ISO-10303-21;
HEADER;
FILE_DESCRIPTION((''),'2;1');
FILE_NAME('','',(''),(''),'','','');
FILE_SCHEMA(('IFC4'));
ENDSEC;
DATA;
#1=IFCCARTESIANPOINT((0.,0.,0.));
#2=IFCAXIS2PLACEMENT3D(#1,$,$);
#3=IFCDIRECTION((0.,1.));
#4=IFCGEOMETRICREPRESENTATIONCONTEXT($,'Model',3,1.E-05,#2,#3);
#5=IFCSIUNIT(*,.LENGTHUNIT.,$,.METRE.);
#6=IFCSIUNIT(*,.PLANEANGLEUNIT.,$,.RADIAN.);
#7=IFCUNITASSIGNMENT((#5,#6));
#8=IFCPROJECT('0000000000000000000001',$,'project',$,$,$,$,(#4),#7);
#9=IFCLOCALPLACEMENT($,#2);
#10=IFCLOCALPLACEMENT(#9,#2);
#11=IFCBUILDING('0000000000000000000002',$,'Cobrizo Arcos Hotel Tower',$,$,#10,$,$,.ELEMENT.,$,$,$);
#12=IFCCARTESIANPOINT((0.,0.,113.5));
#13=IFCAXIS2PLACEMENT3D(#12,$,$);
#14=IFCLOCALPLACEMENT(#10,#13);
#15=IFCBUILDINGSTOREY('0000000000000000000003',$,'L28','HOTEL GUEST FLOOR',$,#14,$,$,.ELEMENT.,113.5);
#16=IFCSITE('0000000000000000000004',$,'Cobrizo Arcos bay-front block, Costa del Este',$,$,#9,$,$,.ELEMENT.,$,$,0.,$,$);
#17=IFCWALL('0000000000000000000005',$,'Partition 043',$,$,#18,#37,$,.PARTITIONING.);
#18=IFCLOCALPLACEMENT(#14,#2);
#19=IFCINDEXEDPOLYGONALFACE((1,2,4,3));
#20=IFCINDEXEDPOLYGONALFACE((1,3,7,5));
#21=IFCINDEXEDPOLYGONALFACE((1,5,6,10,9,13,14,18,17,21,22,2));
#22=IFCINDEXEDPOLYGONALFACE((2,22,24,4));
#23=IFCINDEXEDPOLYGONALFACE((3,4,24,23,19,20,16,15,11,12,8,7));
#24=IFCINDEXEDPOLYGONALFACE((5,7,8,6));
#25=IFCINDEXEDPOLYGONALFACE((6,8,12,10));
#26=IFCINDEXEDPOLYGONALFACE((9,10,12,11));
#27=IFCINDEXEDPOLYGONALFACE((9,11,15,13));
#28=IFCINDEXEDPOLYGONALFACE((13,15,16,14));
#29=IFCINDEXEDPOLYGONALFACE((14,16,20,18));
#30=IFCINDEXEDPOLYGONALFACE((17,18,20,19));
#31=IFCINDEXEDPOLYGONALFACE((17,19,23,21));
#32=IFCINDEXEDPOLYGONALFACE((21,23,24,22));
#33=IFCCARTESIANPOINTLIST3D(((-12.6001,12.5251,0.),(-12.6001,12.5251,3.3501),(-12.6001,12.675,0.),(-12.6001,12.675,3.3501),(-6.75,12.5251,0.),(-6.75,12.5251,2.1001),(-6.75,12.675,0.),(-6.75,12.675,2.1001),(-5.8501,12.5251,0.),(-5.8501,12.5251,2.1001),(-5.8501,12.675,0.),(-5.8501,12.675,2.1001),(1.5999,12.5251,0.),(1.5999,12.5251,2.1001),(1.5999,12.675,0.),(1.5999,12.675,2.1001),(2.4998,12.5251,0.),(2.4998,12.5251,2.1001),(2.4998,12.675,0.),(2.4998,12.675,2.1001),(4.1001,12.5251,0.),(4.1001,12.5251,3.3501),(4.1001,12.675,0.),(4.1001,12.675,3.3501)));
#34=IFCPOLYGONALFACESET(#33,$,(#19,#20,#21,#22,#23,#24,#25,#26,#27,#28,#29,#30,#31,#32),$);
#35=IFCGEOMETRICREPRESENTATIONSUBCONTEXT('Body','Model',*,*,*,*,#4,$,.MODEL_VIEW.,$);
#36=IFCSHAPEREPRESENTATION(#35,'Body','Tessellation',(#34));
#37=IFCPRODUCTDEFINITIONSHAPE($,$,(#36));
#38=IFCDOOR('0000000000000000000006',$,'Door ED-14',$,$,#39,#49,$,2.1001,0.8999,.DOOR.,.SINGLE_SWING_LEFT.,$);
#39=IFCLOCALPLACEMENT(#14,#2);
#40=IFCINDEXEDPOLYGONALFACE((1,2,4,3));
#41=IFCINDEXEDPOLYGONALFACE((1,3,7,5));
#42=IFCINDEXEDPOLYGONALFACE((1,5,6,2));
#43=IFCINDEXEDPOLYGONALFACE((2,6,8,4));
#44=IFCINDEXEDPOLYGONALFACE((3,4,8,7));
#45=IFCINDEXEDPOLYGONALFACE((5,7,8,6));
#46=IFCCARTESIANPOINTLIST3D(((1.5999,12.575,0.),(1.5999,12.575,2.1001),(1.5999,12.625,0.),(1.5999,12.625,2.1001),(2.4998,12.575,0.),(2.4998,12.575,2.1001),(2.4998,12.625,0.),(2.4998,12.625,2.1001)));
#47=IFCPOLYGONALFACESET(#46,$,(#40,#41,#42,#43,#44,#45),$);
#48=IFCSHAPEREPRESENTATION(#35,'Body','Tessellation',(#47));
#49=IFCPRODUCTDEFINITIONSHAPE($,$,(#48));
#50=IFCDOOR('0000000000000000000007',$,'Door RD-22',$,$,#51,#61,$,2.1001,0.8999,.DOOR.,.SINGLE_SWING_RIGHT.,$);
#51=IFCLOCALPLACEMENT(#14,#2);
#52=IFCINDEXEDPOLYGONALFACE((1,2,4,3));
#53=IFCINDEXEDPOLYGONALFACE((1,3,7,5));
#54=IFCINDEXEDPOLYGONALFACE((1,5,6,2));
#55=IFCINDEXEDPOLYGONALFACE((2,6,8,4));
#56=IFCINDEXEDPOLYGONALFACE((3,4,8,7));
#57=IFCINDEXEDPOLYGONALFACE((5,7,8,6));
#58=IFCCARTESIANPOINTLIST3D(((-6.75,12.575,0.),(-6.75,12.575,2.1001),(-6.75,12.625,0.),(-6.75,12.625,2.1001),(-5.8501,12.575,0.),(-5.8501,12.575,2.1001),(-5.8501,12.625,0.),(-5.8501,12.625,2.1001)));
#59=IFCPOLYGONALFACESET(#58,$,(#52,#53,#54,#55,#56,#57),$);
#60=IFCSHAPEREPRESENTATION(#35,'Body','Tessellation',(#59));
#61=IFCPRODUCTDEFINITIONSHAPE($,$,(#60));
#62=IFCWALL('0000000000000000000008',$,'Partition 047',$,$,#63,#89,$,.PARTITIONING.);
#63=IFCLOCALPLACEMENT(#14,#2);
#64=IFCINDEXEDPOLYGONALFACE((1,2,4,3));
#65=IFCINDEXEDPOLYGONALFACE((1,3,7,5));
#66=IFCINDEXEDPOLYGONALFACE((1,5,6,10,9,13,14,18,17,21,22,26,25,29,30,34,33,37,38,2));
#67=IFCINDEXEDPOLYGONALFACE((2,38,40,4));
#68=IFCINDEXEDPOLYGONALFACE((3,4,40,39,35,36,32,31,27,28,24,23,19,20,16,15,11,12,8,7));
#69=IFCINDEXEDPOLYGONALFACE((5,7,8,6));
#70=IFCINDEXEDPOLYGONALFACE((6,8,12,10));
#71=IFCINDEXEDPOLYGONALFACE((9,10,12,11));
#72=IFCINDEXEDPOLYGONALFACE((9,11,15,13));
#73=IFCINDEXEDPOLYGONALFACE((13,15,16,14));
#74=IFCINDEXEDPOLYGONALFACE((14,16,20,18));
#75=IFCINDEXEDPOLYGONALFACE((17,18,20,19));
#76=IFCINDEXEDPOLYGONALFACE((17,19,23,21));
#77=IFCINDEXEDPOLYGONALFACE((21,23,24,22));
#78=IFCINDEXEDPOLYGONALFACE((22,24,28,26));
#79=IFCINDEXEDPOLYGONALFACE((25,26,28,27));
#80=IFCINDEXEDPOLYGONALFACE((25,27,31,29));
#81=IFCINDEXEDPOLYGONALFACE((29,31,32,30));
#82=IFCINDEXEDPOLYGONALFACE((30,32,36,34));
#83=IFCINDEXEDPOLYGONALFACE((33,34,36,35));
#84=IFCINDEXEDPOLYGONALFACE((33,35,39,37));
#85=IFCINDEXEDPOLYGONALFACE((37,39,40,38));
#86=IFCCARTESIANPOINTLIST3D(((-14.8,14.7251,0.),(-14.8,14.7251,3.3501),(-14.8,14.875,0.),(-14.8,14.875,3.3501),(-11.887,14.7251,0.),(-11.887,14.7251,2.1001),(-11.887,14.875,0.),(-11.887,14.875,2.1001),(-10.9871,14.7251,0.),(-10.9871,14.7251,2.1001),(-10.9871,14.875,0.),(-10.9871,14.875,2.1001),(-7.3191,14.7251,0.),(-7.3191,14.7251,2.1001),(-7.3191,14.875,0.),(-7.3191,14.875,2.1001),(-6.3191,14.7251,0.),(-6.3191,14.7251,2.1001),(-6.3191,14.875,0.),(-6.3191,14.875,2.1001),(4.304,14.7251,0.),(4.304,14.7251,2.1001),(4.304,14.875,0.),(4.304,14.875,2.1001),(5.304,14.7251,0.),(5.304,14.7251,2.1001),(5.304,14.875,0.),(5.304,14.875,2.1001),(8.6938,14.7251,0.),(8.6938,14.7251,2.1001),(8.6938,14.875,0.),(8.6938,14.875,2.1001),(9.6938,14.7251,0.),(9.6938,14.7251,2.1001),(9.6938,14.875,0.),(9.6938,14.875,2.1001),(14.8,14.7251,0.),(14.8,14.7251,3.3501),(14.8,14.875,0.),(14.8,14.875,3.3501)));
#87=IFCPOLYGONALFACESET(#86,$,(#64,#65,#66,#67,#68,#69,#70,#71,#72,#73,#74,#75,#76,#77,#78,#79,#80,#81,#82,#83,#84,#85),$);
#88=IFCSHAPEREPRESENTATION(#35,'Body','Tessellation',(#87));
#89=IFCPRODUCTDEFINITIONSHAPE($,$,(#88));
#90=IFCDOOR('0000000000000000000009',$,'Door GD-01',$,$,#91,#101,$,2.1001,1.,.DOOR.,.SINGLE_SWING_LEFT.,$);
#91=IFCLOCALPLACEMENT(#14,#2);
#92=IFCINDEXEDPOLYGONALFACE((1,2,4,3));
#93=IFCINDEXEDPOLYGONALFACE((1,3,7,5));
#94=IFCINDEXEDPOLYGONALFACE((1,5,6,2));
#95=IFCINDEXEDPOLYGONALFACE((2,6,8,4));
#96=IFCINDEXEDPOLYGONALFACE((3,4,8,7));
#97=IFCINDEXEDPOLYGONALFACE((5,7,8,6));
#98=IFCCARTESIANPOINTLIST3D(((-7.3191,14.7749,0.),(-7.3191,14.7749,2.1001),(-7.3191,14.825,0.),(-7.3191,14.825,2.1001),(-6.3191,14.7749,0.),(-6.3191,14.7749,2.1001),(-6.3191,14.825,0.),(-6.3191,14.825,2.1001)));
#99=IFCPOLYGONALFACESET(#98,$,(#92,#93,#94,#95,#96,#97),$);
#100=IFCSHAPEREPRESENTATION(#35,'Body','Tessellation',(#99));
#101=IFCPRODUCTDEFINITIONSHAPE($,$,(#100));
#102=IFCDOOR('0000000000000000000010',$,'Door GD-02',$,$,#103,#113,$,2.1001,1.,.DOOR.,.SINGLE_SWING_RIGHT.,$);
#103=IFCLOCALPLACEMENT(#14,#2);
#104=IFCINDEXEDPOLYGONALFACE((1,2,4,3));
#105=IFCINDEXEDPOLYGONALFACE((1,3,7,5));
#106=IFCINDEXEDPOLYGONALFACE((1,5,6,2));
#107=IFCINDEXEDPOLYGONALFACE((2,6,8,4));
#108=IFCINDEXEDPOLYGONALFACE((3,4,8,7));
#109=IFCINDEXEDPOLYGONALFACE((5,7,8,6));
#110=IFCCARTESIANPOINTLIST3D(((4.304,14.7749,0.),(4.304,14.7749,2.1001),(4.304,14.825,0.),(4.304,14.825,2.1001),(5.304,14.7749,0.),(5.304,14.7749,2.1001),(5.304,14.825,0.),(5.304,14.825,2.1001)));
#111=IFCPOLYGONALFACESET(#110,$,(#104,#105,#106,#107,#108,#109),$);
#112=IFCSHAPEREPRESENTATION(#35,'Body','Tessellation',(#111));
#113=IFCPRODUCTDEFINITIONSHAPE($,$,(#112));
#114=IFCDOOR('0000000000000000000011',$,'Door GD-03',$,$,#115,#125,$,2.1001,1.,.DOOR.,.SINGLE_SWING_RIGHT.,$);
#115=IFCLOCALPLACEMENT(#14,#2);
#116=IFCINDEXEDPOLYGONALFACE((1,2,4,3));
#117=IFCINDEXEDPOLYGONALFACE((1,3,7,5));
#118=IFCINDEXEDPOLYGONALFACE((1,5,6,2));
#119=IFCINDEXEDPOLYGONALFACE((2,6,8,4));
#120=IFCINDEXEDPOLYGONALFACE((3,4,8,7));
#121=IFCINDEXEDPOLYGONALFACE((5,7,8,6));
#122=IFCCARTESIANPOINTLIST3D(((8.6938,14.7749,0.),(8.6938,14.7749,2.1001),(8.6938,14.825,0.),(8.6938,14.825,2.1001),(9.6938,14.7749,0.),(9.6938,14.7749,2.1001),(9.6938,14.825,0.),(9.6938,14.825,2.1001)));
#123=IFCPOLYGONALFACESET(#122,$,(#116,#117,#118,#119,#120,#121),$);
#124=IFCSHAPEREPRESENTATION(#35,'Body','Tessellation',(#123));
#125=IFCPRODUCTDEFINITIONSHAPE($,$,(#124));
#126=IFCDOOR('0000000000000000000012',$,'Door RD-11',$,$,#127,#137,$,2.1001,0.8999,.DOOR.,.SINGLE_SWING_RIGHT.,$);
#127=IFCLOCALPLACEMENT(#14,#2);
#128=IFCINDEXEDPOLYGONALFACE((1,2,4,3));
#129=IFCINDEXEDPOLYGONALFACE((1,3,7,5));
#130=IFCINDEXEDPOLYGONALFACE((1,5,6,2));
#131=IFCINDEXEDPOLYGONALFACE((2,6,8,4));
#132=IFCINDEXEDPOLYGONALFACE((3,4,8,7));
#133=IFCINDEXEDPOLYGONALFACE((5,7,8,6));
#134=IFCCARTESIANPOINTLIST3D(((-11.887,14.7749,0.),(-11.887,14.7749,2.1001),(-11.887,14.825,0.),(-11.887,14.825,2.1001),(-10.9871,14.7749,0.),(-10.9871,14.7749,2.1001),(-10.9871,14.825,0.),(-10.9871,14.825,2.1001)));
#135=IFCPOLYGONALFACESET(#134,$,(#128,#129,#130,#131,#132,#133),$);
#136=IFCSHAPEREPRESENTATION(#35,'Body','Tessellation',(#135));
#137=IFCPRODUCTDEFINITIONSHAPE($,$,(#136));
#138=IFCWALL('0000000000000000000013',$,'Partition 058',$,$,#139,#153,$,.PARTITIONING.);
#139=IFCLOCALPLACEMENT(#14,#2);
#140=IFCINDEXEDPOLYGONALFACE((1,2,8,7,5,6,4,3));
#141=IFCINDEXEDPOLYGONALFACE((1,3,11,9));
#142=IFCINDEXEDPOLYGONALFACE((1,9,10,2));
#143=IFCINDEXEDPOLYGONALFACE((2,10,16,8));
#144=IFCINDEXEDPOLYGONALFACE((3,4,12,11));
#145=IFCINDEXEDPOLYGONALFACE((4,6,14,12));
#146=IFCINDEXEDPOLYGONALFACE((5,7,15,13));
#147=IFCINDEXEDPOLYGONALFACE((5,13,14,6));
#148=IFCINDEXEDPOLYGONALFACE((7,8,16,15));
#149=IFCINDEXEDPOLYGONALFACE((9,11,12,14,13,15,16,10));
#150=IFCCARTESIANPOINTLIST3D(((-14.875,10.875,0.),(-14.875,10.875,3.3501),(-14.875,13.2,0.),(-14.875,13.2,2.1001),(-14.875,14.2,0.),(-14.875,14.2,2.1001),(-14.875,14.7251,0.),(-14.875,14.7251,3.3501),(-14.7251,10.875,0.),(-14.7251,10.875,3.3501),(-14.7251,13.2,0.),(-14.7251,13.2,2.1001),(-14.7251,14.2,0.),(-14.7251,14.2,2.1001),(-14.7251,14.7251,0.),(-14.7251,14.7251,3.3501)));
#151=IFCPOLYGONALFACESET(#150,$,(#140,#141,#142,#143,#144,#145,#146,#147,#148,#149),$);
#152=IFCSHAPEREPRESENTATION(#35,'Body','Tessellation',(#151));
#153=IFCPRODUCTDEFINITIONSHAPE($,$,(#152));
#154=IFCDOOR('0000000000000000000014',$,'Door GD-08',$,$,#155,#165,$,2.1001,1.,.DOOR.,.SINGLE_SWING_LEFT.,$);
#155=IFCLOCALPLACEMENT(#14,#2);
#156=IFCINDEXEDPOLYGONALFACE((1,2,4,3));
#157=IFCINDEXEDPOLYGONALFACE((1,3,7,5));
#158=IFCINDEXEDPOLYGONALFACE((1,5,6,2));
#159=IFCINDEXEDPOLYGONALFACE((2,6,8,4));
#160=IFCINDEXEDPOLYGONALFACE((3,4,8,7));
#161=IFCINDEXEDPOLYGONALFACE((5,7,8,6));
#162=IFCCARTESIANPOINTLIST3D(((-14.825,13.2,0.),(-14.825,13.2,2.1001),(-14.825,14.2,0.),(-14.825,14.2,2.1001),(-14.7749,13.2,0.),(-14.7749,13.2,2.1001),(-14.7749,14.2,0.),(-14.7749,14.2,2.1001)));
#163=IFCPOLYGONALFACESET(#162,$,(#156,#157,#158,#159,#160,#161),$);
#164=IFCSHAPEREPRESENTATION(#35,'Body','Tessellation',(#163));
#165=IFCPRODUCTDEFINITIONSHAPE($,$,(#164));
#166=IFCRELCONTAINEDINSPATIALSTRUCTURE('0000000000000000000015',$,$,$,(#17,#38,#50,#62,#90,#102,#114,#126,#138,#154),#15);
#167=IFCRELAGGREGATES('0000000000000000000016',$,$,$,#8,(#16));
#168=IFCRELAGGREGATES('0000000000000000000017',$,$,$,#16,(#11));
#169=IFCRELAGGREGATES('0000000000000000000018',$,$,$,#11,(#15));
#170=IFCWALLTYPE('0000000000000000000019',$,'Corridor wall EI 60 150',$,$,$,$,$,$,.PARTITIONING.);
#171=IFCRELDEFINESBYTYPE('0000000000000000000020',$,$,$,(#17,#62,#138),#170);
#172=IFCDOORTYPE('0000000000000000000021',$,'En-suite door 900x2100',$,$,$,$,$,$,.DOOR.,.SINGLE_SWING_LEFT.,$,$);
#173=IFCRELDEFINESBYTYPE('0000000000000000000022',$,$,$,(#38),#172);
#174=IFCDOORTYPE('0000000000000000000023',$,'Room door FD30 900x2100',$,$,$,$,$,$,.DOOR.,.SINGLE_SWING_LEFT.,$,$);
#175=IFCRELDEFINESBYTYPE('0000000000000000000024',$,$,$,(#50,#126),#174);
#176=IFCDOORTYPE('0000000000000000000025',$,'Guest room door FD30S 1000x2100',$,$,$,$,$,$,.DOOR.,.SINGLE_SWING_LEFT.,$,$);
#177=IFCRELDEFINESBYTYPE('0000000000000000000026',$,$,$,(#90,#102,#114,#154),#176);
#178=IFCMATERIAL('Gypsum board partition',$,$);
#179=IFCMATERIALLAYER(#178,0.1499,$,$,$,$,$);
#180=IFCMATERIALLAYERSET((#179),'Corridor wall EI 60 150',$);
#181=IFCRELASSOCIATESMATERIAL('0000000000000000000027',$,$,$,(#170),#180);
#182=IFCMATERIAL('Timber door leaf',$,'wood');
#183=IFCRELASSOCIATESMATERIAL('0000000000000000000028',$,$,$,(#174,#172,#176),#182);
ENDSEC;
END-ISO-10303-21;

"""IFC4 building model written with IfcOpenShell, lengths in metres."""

from ifc_helpers import new_model, si_unit, direction, frame, frame_2d, origin, place, context, subcontext, project, spatial, rectangle, extrude, material, layer, layer_set, type_object, element, fill, save


model = new_model("IFC4")

# Units and contexts
model_context = context("Model", 3, precision=1e-05, world=origin(), true_north=direction((0.0, 1.0)))
body_context = subcontext(model_context, "Body", "Model", "MODEL_VIEW")
ifc_project = project(units=[si_unit("LENGTHUNIT", "METRE"), si_unit("PLANEANGLEUNIT", "RADIAN")], contexts=[model_context])

# Site, building, storey
site_placement = place(None, origin())
site = spatial("IfcSite", under=ifc_project, at=site_placement, Name="Cobrizo Arcos bay-front block, Costa del Este", CompositionType="ELEMENT", RefElevation=0.0)
building_placement = place(site_placement, origin())
building = spatial("IfcBuilding", under=site, at=building_placement, Name="Cobrizo Arcos Hotel Tower", CompositionType="ELEMENT")
storey_placement = place(building_placement, frame((0.0, 0.0, 113.5)))
storey = spatial("IfcBuildingStorey", under=building, at=storey_placement, Name="L28", Description="HOTEL GUEST FLOOR", CompositionType="ELEMENT", Elevation=113.5)

# Shared definitions
ifc_material_1 = material(Name="Gypsum board partition")
ifc_layer_1 = layer(ifc_material_1, 0.1499)
ifc_layer_set_1 = layer_set([ifc_layer_1], Name="Corridor wall EI 60 150")
wall_type_1 = type_object("IfcWallType", Name="Corridor wall EI 60 150", PredefinedType="PARTITIONING", material=ifc_layer_set_1)
ifc_material_2 = material(Name="Timber door leaf", Category="wood")
door_type_1 = type_object("IfcDoorType", Name="Room door FD30 900x2100", OperationType="SINGLE_SWING_LEFT", PredefinedType="DOOR", material=ifc_material_2)
door_type_2 = type_object("IfcDoorType", Name="En-suite door 900x2100", OperationType="SINGLE_SWING_LEFT", PredefinedType="DOOR", material=ifc_material_2)

# Walls, openings, doors
wall_1_placement = place(storey_placement, frame((-12.6001, 12.6001, 0.0), z_axis=(0.0, 0.0, 1.0), x_axis=(1.0, 0.0, 0.0)))
wall_1 = element("IfcWall", 1, at=wall_1_placement, inside=storey, type_object=wall_type_1, Name="Partition 043", PredefinedType="PARTITIONING", context=body_context, shape_type="SweptSolid", body=[
    extrude(rectangle(XDim=16.7002, YDim=0.1499, at=frame_2d((8.3501, 0.0))), origin(), (0.0, 0.0, 1.0), 3.3501),
])
opening_1_placement = place(wall_1_placement, frame((14.2, 0.0, 0.0)))
opening_1 = element("IfcOpeningElement", 2, at=opening_1_placement, cuts=wall_1, PredefinedType="OPENING", context=body_context, shape_type="SweptSolid", body=[
    extrude(rectangle(XDim=0.8999, YDim=2.1001, at=frame_2d((0.45, 1.05))), frame((0.0, 0.0869, 0.0), z_axis=(0.0, -1.0, 0.0), x_axis=(1.0, 0.0, 0.0)), (0.0, 0.0, 1.0), 0.1738),
])
opening_2_placement = place(wall_1_placement, frame((5.8501, 0.0, 0.0)))
opening_2 = element("IfcOpeningElement", 3, at=opening_2_placement, cuts=wall_1, PredefinedType="OPENING", context=body_context, shape_type="SweptSolid", body=[
    extrude(rectangle(XDim=0.8999, YDim=2.1001, at=frame_2d((0.45, 1.05))), frame((0.0, 0.0869, 0.0), z_axis=(0.0, -1.0, 0.0), x_axis=(1.0, 0.0, 0.0)), (0.0, 0.0, 1.0), 0.1738),
])
door_1_placement = place(opening_1_placement, origin())
door_1 = element("IfcDoor", 4, at=door_1_placement, inside=storey, type_object=door_type_2, Name="Door ED-14", OperationType="SINGLE_SWING_LEFT", OverallHeight=2.1001, OverallWidth=0.8999, PredefinedType="DOOR", context=body_context, shape_type="SweptSolid", body=[
    extrude(rectangle(XDim=0.8999, YDim=2.1001, at=frame_2d((0.45, 1.05))), frame((0.0, 0.0249, 0.0), z_axis=(0.0, -1.0, 0.0), x_axis=(1.0, 0.0, 0.0)), (0.0, 0.0, 1.0), 0.05),
])
fill(opening_1, door_1)
door_2_placement = place(opening_2_placement, origin())
door_2 = element("IfcDoor", 5, at=door_2_placement, inside=storey, type_object=door_type_1, Name="Door RD-22", OperationType="SINGLE_SWING_RIGHT", OverallHeight=2.1001, OverallWidth=0.8999, PredefinedType="DOOR", context=body_context, shape_type="SweptSolid", body=[
    extrude(rectangle(XDim=0.8999, YDim=2.1001, at=frame_2d((0.45, 1.05))), frame((0.0, 0.0249, 0.0), z_axis=(0.0, -1.0, 0.0), x_axis=(1.0, 0.0, 0.0)), (0.0, 0.0, 1.0), 0.05),
])
fill(opening_2, door_2)
wall_2_placement = place(storey_placement, frame((-14.8, 14.8, 0.0), z_axis=(0.0, 0.0, 1.0), x_axis=(1.0, 0.0, 0.0)))
wall_2 = element("IfcWall", 6, at=wall_2_placement, inside=storey, type_object=wall_type_1, Name="Partition 047", PredefinedType="PARTITIONING", context=body_context, shape_type="SweptSolid", body=[
    extrude(rectangle(XDim=29.6001, YDim=0.1499, at=frame_2d((14.8, 0.0))), origin(), (0.0, 0.0, 1.0), 3.3501),
])
opening_3_placement = place(wall_2_placement, frame((2.9131, 0.0, 0.0)))
opening_3 = element("IfcOpeningElement", 7, at=opening_3_placement, cuts=wall_2, PredefinedType="OPENING", context=body_context, shape_type="SweptSolid", body=[
    extrude(rectangle(XDim=0.8999, YDim=2.1001, at=frame_2d((0.45, 1.05))), frame((0.0, 0.0869, 0.0), z_axis=(0.0, -1.0, 0.0), x_axis=(1.0, 0.0, 0.0)), (0.0, 0.0, 1.0), 0.1738),
])
opening_4_placement = place(wall_2_placement, frame((7.481, 0.0, 0.0)))
opening_4 = element("IfcOpeningElement", 8, at=opening_4_placement, cuts=wall_2, PredefinedType="OPENING", context=body_context, shape_type="SweptSolid", body=[
    extrude(rectangle(XDim=1.0, YDim=2.1001, at=frame_2d((0.5, 1.05))), frame((0.0, 0.0869, 0.0), z_axis=(0.0, -1.0, 0.0), x_axis=(1.0, 0.0, 0.0)), (0.0, 0.0, 1.0), 0.1738),
])
opening_5_placement = place(wall_2_placement, frame((19.104, 0.0, 0.0)))
opening_5 = element("IfcOpeningElement", 9, at=opening_5_placement, cuts=wall_2, PredefinedType="OPENING", context=body_context, shape_type="SweptSolid", body=[
    extrude(rectangle(XDim=1.0, YDim=2.1001, at=frame_2d((0.5, 1.05))), frame((0.0, 0.0869, 0.0), z_axis=(0.0, -1.0, 0.0), x_axis=(1.0, 0.0, 0.0)), (0.0, 0.0, 1.0), 0.1738),
])
opening_6_placement = place(wall_2_placement, frame((23.4939, 0.0, 0.0)))
opening_6 = element("IfcOpeningElement", 10, at=opening_6_placement, cuts=wall_2, PredefinedType="OPENING", context=body_context, shape_type="SweptSolid", body=[
    extrude(rectangle(XDim=1.0, YDim=2.1001, at=frame_2d((0.5, 1.05))), frame((0.0, 0.0869, 0.0), z_axis=(0.0, -1.0, 0.0), x_axis=(1.0, 0.0, 0.0)), (0.0, 0.0, 1.0), 0.1738),
])
door_type_3 = type_object("IfcDoorType", Name="Guest room door FD30S 1000x2100", OperationType="SINGLE_SWING_LEFT", PredefinedType="DOOR", material=ifc_material_2)
door_3_placement = place(opening_4_placement, origin())
door_3 = element("IfcDoor", 11, at=door_3_placement, inside=storey, type_object=door_type_3, Name="Door GD-01", OperationType="SINGLE_SWING_LEFT", OverallHeight=2.1001, OverallWidth=1.0, PredefinedType="DOOR", context=body_context, shape_type="SweptSolid", body=[
    extrude(rectangle(XDim=1.0, YDim=2.1001, at=frame_2d((0.5, 1.05))), frame((0.0, 0.0249, 0.0), z_axis=(0.0, -1.0, 0.0), x_axis=(1.0, 0.0, 0.0)), (0.0, 0.0, 1.0), 0.05),
])
fill(opening_4, door_3)
door_4_placement = place(opening_5_placement, origin())
door_4 = element("IfcDoor", 12, at=door_4_placement, inside=storey, type_object=door_type_3, Name="Door GD-02", OperationType="SINGLE_SWING_RIGHT", OverallHeight=2.1001, OverallWidth=1.0, PredefinedType="DOOR", context=body_context, shape_type="SweptSolid", body=[
    extrude(rectangle(XDim=1.0, YDim=2.1001, at=frame_2d((0.5, 1.05))), frame((0.0, 0.0249, 0.0), z_axis=(0.0, -1.0, 0.0), x_axis=(1.0, 0.0, 0.0)), (0.0, 0.0, 1.0), 0.05),
])
fill(opening_5, door_4)
door_5_placement = place(opening_6_placement, origin())
door_5 = element("IfcDoor", 13, at=door_5_placement, inside=storey, type_object=door_type_3, Name="Door GD-03", OperationType="SINGLE_SWING_RIGHT", OverallHeight=2.1001, OverallWidth=1.0, PredefinedType="DOOR", context=body_context, shape_type="SweptSolid", body=[
    extrude(rectangle(XDim=1.0, YDim=2.1001, at=frame_2d((0.5, 1.05))), frame((0.0, 0.0249, 0.0), z_axis=(0.0, -1.0, 0.0), x_axis=(1.0, 0.0, 0.0)), (0.0, 0.0, 1.0), 0.05),
])
fill(opening_6, door_5)
door_6_placement = place(opening_3_placement, origin())
door_6 = element("IfcDoor", 14, at=door_6_placement, inside=storey, type_object=door_type_1, Name="Door RD-11", OperationType="SINGLE_SWING_RIGHT", OverallHeight=2.1001, OverallWidth=0.8999, PredefinedType="DOOR", context=body_context, shape_type="SweptSolid", body=[
    extrude(rectangle(XDim=0.8999, YDim=2.1001, at=frame_2d((0.45, 1.05))), frame((0.0, 0.0249, 0.0), z_axis=(0.0, -1.0, 0.0), x_axis=(1.0, 0.0, 0.0)), (0.0, 0.0, 1.0), 0.05),
])
fill(opening_3, door_6)

# Wall, opening, door
wall_3_placement = place(storey_placement, frame((-14.8, 10.875, 0.0), z_axis=(0.0, 0.0, 1.0), x_axis=(0.0, 1.0, 0.0)))
wall_3 = element("IfcWall", 15, at=wall_3_placement, inside=storey, type_object=wall_type_1, Name="Partition 058", PredefinedType="PARTITIONING", context=body_context, shape_type="SweptSolid", body=[
    extrude(rectangle(XDim=3.8501, YDim=0.1499, at=frame_2d((1.925, 0.0))), origin(), (0.0, 0.0, 1.0), 3.3501),
])
opening_7_placement = place(wall_3_placement, frame((2.325, 0.0, 0.0)))
opening_7 = element("IfcOpeningElement", 16, at=opening_7_placement, cuts=wall_3, PredefinedType="OPENING", context=body_context, shape_type="SweptSolid", body=[
    extrude(rectangle(XDim=1.0, YDim=2.1001, at=frame_2d((0.5, 1.05))), frame((0.0, 0.0869, 0.0), z_axis=(0.0, -1.0, 0.0), x_axis=(1.0, 0.0, 0.0)), (0.0, 0.0, 1.0), 0.1738),
])
door_7_placement = place(opening_7_placement, origin())
door_7 = element("IfcDoor", 17, at=door_7_placement, inside=storey, type_object=door_type_3, Name="Door GD-08", OperationType="SINGLE_SWING_LEFT", OverallHeight=2.1001, OverallWidth=1.0, PredefinedType="DOOR", context=body_context, shape_type="SweptSolid", body=[
    extrude(rectangle(XDim=1.0, YDim=2.1001, at=frame_2d((0.5, 1.05))), frame((0.0, 0.0249, 0.0), z_axis=(0.0, -1.0, 0.0), x_axis=(1.0, 0.0, 0.0)), (0.0, 0.0, 1.0), 0.05),
])
fill(opening_7, door_7)

save(model, "model.ifc")
